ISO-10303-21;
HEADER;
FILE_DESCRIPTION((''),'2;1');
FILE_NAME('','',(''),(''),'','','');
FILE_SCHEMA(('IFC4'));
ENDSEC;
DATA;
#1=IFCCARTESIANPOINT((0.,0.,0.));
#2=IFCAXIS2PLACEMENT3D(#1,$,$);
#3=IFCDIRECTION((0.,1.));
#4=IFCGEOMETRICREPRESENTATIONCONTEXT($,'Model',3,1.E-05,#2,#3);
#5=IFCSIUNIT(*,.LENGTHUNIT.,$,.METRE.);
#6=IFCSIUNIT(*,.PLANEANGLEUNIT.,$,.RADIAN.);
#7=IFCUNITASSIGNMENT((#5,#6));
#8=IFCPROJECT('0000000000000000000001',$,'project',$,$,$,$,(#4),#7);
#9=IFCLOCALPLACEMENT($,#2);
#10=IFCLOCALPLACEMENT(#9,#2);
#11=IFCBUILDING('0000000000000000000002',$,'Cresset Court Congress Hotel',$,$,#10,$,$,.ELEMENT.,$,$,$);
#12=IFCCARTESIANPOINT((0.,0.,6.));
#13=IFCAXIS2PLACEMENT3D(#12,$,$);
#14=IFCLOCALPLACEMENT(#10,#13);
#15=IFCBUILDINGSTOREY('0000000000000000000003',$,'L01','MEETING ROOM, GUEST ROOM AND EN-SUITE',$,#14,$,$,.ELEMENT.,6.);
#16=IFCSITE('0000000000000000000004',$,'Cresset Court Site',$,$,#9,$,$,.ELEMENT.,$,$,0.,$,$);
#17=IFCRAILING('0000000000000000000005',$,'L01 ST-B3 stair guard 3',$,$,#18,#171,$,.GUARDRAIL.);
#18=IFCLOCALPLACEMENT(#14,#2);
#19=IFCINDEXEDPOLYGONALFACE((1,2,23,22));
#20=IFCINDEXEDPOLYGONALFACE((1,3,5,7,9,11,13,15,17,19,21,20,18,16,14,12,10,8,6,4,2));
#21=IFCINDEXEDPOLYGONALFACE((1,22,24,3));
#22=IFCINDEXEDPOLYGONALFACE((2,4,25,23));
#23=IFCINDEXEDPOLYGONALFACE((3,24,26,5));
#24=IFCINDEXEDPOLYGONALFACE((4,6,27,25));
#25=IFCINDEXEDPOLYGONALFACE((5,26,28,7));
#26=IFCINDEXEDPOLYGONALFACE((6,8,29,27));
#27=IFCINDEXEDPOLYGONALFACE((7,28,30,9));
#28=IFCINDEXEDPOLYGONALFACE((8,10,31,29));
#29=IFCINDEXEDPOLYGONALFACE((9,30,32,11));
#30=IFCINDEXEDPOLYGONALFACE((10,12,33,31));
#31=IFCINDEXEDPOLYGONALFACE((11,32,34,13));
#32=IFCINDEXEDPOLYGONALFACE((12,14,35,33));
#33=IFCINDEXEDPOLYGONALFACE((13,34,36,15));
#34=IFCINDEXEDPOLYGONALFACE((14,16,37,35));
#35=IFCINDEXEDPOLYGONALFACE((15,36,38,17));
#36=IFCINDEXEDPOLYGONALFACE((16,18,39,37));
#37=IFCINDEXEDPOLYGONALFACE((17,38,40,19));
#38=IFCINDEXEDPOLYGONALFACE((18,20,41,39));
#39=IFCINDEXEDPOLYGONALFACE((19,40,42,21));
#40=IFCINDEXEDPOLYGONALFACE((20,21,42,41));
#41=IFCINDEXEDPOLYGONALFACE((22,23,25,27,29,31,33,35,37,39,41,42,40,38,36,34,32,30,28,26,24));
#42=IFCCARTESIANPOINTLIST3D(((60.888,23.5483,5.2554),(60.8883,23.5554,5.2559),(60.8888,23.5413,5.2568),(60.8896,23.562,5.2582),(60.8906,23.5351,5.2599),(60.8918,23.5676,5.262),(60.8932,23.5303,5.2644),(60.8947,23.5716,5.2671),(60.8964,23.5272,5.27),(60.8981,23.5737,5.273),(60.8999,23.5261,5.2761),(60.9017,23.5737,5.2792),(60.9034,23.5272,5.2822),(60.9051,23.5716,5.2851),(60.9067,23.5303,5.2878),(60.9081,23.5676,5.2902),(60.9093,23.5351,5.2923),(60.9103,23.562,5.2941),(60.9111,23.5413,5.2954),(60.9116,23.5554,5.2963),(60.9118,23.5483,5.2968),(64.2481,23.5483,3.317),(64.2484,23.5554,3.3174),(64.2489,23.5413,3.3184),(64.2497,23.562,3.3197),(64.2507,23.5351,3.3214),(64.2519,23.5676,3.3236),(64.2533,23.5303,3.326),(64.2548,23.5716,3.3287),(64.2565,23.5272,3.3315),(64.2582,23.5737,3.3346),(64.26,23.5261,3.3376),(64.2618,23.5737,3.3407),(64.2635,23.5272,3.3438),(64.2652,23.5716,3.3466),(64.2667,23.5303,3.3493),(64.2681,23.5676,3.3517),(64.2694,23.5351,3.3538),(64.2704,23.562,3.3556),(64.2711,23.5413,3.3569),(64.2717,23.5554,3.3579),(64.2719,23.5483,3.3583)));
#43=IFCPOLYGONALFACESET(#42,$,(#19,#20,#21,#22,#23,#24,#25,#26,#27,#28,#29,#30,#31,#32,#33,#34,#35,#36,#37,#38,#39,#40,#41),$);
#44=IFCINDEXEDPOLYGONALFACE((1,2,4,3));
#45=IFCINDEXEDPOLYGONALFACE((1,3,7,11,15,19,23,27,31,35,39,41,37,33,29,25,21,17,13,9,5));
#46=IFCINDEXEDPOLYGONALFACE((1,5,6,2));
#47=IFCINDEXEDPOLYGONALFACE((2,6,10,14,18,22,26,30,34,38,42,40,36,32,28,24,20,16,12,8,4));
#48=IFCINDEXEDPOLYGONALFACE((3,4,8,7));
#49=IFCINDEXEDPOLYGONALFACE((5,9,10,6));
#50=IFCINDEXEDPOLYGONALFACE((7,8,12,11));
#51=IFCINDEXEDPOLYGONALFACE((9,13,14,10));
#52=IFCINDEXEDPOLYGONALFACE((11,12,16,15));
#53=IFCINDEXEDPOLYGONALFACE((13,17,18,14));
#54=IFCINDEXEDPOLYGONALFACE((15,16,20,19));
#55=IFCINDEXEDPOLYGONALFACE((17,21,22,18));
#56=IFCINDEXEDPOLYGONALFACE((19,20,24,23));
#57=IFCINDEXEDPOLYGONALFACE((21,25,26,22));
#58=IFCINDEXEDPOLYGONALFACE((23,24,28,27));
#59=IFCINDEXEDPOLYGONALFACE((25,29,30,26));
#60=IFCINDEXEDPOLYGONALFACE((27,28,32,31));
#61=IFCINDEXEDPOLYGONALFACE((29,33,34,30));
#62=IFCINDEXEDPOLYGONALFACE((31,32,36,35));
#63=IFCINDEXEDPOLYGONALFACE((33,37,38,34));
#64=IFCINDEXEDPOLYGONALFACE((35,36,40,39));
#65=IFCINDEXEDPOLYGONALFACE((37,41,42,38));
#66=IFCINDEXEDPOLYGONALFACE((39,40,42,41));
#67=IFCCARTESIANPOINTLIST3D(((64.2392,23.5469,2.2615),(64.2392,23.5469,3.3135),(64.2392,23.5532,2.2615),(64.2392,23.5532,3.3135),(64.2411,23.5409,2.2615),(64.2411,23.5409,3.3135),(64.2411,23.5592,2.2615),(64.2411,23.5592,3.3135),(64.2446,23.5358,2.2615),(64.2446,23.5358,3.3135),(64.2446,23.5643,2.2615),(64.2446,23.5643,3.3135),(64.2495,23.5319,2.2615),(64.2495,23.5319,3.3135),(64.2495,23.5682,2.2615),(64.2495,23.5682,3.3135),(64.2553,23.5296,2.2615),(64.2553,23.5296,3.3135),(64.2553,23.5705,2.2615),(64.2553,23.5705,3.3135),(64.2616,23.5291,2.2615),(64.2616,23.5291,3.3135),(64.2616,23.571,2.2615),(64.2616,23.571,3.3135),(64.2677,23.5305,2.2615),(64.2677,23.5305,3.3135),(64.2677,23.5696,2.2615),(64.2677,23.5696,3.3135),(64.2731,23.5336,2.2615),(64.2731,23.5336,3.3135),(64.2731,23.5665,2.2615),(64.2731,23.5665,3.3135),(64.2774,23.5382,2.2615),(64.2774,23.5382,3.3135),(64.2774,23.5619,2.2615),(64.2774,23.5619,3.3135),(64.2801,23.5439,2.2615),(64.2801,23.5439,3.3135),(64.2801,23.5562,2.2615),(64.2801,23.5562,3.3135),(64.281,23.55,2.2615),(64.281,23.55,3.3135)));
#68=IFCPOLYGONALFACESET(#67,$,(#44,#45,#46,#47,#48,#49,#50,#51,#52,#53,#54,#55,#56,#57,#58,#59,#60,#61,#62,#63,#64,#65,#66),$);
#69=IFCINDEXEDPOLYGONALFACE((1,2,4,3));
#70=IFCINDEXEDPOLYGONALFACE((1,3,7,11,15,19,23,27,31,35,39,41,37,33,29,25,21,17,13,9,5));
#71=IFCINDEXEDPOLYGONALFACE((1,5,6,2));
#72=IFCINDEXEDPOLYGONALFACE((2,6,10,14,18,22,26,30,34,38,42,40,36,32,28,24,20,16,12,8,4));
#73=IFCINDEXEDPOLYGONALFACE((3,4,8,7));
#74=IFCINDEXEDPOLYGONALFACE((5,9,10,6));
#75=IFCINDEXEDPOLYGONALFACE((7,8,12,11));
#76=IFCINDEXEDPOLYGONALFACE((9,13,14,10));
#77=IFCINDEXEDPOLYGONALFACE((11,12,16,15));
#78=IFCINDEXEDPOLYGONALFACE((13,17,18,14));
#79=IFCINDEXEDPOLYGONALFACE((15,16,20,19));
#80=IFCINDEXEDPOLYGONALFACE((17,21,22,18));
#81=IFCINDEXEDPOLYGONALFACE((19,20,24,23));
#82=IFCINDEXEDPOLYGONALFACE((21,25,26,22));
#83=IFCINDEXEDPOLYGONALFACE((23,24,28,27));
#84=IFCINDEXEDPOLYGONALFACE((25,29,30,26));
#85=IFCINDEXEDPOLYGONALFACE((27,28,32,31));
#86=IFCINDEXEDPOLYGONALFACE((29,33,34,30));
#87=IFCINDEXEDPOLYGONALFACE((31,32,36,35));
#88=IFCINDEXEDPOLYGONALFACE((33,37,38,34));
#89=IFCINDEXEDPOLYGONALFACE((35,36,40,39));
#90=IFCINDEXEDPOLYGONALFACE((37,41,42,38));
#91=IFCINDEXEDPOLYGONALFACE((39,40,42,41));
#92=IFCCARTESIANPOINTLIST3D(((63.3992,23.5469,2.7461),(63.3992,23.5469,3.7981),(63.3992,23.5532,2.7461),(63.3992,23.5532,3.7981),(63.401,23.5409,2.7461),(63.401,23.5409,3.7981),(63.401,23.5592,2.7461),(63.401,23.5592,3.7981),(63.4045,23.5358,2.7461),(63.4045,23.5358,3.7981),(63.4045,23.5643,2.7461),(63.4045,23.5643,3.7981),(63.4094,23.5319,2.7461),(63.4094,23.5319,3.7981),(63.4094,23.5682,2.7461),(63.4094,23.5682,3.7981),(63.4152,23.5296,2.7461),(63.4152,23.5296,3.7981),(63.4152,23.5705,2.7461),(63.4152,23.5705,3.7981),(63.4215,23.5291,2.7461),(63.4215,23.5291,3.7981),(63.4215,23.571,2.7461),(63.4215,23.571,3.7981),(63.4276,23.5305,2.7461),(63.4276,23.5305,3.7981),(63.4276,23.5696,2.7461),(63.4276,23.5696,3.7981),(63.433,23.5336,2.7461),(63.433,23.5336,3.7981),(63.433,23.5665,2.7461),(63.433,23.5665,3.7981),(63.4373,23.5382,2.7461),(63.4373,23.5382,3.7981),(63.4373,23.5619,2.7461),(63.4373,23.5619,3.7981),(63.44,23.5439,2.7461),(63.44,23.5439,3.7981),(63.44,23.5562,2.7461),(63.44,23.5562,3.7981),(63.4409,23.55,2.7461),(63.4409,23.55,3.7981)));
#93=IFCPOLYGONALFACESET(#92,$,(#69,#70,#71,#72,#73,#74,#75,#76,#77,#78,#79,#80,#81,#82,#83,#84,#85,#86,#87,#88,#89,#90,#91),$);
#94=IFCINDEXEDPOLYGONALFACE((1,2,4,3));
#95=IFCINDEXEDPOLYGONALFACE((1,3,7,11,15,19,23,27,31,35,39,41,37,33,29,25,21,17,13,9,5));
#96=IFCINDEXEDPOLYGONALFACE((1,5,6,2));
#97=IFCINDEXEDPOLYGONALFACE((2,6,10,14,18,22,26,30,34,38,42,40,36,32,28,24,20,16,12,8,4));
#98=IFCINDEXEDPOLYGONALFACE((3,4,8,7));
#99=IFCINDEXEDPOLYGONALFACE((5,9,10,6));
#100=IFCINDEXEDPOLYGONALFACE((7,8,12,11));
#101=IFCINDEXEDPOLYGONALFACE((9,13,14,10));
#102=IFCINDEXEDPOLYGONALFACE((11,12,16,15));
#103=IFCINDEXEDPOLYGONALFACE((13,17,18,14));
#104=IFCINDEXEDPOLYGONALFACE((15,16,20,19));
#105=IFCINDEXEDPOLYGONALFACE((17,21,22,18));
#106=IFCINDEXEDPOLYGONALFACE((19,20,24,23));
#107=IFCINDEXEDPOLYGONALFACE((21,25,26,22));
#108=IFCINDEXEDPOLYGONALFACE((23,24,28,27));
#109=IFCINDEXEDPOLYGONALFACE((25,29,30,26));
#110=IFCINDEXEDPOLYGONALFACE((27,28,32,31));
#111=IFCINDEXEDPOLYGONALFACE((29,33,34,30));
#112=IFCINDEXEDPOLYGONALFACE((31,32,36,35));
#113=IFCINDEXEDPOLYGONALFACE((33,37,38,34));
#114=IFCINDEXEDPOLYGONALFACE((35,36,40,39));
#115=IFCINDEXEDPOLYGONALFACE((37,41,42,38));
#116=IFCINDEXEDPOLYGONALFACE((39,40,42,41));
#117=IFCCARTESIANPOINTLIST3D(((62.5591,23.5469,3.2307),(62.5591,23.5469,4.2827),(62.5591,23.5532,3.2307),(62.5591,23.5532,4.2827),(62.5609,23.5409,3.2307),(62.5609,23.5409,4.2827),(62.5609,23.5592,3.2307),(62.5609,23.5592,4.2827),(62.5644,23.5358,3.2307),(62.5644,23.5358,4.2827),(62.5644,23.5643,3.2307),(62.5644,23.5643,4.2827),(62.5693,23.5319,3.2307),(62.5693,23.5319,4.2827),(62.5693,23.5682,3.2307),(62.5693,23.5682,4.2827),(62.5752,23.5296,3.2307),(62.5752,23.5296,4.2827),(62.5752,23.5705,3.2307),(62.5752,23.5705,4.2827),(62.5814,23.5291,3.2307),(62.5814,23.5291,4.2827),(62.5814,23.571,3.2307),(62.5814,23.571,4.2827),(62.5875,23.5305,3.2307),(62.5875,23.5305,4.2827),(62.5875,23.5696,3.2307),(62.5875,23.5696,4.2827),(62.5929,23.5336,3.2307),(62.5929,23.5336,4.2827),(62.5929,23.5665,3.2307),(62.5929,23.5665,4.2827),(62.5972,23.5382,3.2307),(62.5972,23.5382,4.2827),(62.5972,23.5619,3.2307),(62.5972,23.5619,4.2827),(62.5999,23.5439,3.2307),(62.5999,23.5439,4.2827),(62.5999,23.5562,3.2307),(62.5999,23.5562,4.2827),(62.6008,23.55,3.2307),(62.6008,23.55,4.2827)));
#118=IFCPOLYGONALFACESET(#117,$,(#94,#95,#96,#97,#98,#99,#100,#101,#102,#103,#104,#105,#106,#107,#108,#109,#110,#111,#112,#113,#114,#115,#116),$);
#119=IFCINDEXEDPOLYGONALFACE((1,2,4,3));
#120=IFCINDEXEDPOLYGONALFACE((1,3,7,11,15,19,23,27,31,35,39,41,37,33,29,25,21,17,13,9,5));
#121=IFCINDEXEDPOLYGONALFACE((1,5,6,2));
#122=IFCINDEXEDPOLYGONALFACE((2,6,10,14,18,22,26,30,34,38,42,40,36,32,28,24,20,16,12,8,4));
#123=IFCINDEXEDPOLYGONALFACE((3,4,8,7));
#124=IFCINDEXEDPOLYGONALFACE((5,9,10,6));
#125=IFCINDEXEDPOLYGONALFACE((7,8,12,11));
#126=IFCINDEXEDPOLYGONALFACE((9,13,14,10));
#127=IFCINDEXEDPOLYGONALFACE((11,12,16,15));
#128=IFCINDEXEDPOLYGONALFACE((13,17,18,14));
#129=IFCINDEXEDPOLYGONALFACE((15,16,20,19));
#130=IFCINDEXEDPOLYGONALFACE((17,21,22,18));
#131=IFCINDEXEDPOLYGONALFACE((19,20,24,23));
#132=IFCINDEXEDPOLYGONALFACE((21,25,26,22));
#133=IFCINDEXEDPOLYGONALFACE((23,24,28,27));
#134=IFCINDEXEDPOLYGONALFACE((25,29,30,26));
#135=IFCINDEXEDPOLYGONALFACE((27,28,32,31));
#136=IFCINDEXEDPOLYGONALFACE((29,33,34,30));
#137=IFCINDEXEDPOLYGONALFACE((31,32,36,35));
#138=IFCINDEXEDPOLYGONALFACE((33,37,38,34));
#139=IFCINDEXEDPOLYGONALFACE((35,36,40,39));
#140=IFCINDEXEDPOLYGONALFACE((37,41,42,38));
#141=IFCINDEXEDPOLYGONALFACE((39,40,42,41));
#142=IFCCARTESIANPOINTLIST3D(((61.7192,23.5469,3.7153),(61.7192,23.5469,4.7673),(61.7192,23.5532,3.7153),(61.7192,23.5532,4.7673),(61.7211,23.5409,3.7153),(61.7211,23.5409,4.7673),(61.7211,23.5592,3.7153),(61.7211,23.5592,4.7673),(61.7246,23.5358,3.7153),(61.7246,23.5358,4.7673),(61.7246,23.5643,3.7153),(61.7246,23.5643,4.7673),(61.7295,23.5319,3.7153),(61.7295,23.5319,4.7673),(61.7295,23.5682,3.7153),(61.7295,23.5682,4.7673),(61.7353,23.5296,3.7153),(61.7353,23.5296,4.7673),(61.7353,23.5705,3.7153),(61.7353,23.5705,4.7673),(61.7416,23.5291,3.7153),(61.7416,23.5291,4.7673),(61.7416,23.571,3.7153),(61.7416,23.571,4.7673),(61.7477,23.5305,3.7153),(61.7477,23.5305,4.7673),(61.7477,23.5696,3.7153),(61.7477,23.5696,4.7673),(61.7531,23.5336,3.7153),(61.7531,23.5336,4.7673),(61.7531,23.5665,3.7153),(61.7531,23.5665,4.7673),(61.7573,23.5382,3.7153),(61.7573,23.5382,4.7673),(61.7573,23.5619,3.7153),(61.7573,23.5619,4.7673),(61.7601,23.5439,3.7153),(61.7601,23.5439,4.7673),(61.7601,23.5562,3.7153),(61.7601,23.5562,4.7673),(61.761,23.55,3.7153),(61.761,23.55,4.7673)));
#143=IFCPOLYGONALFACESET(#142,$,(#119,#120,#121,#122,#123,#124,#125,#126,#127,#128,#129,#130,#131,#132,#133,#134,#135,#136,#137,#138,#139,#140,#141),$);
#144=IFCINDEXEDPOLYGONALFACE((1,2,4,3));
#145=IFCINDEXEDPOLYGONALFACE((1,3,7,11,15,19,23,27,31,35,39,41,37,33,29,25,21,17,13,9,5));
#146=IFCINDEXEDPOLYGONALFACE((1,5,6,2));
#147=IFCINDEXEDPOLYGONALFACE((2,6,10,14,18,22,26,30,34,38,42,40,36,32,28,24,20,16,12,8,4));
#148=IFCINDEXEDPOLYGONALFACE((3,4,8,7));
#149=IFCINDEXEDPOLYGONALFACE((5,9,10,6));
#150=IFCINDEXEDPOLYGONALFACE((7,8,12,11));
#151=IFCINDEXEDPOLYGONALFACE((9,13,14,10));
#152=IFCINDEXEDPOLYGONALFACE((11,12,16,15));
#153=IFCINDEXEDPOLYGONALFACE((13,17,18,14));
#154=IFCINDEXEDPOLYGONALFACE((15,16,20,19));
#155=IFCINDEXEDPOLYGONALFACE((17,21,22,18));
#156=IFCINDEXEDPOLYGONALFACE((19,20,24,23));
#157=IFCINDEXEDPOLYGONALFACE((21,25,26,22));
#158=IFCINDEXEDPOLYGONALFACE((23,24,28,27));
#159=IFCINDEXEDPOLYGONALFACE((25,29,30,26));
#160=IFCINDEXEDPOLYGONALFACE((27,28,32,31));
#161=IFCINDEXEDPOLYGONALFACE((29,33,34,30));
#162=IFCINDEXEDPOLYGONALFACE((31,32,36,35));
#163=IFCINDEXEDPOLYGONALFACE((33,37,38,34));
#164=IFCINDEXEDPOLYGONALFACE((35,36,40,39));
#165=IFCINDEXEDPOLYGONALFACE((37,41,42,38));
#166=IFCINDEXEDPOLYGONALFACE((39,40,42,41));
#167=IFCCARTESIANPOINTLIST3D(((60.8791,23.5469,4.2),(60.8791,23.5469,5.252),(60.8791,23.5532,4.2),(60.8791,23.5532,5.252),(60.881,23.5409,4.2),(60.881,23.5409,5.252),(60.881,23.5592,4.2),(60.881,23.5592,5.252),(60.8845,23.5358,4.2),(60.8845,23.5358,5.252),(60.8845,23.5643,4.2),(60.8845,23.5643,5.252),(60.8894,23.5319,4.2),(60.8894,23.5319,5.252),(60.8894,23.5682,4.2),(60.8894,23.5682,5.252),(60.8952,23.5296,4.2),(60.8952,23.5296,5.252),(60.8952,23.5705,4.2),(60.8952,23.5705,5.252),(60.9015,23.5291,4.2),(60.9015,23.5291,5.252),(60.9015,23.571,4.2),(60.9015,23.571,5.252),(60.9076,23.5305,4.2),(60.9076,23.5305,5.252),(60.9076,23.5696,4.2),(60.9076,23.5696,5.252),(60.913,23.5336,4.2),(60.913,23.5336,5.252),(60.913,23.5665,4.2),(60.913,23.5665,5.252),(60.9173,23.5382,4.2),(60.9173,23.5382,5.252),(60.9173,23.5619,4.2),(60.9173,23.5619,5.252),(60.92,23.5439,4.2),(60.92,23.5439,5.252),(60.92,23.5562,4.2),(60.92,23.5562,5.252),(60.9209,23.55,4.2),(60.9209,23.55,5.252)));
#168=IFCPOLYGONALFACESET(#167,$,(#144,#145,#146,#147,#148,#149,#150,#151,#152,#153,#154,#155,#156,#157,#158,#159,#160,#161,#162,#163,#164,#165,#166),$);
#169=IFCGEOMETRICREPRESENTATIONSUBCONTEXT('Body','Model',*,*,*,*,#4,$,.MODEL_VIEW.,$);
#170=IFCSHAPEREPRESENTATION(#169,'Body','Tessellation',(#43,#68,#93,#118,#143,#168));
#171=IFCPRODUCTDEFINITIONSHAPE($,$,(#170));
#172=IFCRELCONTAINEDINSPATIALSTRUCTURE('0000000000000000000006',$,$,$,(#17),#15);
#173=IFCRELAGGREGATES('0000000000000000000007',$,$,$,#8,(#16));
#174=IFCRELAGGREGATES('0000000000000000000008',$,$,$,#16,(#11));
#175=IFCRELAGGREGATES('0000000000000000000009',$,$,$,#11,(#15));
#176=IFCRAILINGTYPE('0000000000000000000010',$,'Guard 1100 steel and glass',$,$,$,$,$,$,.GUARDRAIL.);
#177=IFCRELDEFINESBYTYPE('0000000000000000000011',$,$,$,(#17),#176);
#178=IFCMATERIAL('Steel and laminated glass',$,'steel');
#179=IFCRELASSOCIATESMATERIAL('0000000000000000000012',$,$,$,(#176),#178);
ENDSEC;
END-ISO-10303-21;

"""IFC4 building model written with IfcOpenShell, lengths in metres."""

from ifc_helpers import new_model, si_unit, direction, frame, origin, origin_2d, place, context, subcontext, project, spatial, circle, extrude, material, type_object, element, save


model = new_model("IFC4")

# Units and contexts
model_context = context("Model", 3, precision=1e-05, world=origin(), true_north=direction((0.0, 1.0)))
body_context = subcontext(model_context, "Body", "Model", "MODEL_VIEW")
ifc_project = project(units=[si_unit("LENGTHUNIT", "METRE"), si_unit("PLANEANGLEUNIT", "RADIAN")], contexts=[model_context])

# Site, building, storey
site_placement = place(None, origin())
site = spatial("IfcSite", under=ifc_project, at=site_placement, Name="Cresset Court Site", CompositionType="ELEMENT", RefElevation=0.0)
building_placement = place(site_placement, origin())
building = spatial("IfcBuilding", under=site, at=building_placement, Name="Cresset Court Congress Hotel", CompositionType="ELEMENT")
storey_placement = place(building_placement, frame((0.0, 0.0, 6.0)))
storey = spatial("IfcBuildingStorey", under=building, at=storey_placement, Name="L01", Description="MEETING ROOM, GUEST ROOM AND EN-SUITE", CompositionType="ELEMENT", Elevation=6.0)

# Railing
ifc_material_1 = material(Name="Steel and laminated glass", Category="steel")
railing_type_1 = type_object("IfcRailingType", Name="Guard 1100 steel and glass", PredefinedType="GUARDRAIL", material=ifc_material_1)
railing_1_placement = place(storey_placement, frame((64.26, 23.55, 2.2615)))
element("IfcRailing", 1, at=railing_1_placement, inside=storey, type_object=railing_type_1, Name="L01 ST-B3 stair guard 3", PredefinedType="GUARDRAIL", context=body_context, shape_type="SweptSolid", body=[
    extrude(circle(Radius=0.0239, at=origin_2d()), frame((0.0, 0.0, 1.0762), z_axis=(-0.866191, 0.0, 0.499713), x_axis=(0.0, -1.0, 0.0)), (0.0, 0.0, 1.0), 3.8792),
    extrude(circle(Radius=0.021, at=origin_2d()), origin(), (0.0, 0.0, 1.0), 1.052),
    extrude(circle(Radius=0.021, at=origin_2d()), frame((-0.8401, 0.0, 0.4846)), (0.0, 0.0, 1.0), 1.052),
    extrude(circle(Radius=0.021, at=origin_2d()), frame((-1.6802, 0.0, 0.9692)), (0.0, 0.0, 1.0), 1.052),
    extrude(circle(Radius=0.021, at=origin_2d()), frame((-2.52, 0.0, 1.4539)), (0.0, 0.0, 1.0), 1.052),
    extrude(circle(Radius=0.021, at=origin_2d()), frame((-3.3601, 0.0, 1.9385)), (0.0, 0.0, 1.0), 1.052),
])

save(model, "model.ifc")
